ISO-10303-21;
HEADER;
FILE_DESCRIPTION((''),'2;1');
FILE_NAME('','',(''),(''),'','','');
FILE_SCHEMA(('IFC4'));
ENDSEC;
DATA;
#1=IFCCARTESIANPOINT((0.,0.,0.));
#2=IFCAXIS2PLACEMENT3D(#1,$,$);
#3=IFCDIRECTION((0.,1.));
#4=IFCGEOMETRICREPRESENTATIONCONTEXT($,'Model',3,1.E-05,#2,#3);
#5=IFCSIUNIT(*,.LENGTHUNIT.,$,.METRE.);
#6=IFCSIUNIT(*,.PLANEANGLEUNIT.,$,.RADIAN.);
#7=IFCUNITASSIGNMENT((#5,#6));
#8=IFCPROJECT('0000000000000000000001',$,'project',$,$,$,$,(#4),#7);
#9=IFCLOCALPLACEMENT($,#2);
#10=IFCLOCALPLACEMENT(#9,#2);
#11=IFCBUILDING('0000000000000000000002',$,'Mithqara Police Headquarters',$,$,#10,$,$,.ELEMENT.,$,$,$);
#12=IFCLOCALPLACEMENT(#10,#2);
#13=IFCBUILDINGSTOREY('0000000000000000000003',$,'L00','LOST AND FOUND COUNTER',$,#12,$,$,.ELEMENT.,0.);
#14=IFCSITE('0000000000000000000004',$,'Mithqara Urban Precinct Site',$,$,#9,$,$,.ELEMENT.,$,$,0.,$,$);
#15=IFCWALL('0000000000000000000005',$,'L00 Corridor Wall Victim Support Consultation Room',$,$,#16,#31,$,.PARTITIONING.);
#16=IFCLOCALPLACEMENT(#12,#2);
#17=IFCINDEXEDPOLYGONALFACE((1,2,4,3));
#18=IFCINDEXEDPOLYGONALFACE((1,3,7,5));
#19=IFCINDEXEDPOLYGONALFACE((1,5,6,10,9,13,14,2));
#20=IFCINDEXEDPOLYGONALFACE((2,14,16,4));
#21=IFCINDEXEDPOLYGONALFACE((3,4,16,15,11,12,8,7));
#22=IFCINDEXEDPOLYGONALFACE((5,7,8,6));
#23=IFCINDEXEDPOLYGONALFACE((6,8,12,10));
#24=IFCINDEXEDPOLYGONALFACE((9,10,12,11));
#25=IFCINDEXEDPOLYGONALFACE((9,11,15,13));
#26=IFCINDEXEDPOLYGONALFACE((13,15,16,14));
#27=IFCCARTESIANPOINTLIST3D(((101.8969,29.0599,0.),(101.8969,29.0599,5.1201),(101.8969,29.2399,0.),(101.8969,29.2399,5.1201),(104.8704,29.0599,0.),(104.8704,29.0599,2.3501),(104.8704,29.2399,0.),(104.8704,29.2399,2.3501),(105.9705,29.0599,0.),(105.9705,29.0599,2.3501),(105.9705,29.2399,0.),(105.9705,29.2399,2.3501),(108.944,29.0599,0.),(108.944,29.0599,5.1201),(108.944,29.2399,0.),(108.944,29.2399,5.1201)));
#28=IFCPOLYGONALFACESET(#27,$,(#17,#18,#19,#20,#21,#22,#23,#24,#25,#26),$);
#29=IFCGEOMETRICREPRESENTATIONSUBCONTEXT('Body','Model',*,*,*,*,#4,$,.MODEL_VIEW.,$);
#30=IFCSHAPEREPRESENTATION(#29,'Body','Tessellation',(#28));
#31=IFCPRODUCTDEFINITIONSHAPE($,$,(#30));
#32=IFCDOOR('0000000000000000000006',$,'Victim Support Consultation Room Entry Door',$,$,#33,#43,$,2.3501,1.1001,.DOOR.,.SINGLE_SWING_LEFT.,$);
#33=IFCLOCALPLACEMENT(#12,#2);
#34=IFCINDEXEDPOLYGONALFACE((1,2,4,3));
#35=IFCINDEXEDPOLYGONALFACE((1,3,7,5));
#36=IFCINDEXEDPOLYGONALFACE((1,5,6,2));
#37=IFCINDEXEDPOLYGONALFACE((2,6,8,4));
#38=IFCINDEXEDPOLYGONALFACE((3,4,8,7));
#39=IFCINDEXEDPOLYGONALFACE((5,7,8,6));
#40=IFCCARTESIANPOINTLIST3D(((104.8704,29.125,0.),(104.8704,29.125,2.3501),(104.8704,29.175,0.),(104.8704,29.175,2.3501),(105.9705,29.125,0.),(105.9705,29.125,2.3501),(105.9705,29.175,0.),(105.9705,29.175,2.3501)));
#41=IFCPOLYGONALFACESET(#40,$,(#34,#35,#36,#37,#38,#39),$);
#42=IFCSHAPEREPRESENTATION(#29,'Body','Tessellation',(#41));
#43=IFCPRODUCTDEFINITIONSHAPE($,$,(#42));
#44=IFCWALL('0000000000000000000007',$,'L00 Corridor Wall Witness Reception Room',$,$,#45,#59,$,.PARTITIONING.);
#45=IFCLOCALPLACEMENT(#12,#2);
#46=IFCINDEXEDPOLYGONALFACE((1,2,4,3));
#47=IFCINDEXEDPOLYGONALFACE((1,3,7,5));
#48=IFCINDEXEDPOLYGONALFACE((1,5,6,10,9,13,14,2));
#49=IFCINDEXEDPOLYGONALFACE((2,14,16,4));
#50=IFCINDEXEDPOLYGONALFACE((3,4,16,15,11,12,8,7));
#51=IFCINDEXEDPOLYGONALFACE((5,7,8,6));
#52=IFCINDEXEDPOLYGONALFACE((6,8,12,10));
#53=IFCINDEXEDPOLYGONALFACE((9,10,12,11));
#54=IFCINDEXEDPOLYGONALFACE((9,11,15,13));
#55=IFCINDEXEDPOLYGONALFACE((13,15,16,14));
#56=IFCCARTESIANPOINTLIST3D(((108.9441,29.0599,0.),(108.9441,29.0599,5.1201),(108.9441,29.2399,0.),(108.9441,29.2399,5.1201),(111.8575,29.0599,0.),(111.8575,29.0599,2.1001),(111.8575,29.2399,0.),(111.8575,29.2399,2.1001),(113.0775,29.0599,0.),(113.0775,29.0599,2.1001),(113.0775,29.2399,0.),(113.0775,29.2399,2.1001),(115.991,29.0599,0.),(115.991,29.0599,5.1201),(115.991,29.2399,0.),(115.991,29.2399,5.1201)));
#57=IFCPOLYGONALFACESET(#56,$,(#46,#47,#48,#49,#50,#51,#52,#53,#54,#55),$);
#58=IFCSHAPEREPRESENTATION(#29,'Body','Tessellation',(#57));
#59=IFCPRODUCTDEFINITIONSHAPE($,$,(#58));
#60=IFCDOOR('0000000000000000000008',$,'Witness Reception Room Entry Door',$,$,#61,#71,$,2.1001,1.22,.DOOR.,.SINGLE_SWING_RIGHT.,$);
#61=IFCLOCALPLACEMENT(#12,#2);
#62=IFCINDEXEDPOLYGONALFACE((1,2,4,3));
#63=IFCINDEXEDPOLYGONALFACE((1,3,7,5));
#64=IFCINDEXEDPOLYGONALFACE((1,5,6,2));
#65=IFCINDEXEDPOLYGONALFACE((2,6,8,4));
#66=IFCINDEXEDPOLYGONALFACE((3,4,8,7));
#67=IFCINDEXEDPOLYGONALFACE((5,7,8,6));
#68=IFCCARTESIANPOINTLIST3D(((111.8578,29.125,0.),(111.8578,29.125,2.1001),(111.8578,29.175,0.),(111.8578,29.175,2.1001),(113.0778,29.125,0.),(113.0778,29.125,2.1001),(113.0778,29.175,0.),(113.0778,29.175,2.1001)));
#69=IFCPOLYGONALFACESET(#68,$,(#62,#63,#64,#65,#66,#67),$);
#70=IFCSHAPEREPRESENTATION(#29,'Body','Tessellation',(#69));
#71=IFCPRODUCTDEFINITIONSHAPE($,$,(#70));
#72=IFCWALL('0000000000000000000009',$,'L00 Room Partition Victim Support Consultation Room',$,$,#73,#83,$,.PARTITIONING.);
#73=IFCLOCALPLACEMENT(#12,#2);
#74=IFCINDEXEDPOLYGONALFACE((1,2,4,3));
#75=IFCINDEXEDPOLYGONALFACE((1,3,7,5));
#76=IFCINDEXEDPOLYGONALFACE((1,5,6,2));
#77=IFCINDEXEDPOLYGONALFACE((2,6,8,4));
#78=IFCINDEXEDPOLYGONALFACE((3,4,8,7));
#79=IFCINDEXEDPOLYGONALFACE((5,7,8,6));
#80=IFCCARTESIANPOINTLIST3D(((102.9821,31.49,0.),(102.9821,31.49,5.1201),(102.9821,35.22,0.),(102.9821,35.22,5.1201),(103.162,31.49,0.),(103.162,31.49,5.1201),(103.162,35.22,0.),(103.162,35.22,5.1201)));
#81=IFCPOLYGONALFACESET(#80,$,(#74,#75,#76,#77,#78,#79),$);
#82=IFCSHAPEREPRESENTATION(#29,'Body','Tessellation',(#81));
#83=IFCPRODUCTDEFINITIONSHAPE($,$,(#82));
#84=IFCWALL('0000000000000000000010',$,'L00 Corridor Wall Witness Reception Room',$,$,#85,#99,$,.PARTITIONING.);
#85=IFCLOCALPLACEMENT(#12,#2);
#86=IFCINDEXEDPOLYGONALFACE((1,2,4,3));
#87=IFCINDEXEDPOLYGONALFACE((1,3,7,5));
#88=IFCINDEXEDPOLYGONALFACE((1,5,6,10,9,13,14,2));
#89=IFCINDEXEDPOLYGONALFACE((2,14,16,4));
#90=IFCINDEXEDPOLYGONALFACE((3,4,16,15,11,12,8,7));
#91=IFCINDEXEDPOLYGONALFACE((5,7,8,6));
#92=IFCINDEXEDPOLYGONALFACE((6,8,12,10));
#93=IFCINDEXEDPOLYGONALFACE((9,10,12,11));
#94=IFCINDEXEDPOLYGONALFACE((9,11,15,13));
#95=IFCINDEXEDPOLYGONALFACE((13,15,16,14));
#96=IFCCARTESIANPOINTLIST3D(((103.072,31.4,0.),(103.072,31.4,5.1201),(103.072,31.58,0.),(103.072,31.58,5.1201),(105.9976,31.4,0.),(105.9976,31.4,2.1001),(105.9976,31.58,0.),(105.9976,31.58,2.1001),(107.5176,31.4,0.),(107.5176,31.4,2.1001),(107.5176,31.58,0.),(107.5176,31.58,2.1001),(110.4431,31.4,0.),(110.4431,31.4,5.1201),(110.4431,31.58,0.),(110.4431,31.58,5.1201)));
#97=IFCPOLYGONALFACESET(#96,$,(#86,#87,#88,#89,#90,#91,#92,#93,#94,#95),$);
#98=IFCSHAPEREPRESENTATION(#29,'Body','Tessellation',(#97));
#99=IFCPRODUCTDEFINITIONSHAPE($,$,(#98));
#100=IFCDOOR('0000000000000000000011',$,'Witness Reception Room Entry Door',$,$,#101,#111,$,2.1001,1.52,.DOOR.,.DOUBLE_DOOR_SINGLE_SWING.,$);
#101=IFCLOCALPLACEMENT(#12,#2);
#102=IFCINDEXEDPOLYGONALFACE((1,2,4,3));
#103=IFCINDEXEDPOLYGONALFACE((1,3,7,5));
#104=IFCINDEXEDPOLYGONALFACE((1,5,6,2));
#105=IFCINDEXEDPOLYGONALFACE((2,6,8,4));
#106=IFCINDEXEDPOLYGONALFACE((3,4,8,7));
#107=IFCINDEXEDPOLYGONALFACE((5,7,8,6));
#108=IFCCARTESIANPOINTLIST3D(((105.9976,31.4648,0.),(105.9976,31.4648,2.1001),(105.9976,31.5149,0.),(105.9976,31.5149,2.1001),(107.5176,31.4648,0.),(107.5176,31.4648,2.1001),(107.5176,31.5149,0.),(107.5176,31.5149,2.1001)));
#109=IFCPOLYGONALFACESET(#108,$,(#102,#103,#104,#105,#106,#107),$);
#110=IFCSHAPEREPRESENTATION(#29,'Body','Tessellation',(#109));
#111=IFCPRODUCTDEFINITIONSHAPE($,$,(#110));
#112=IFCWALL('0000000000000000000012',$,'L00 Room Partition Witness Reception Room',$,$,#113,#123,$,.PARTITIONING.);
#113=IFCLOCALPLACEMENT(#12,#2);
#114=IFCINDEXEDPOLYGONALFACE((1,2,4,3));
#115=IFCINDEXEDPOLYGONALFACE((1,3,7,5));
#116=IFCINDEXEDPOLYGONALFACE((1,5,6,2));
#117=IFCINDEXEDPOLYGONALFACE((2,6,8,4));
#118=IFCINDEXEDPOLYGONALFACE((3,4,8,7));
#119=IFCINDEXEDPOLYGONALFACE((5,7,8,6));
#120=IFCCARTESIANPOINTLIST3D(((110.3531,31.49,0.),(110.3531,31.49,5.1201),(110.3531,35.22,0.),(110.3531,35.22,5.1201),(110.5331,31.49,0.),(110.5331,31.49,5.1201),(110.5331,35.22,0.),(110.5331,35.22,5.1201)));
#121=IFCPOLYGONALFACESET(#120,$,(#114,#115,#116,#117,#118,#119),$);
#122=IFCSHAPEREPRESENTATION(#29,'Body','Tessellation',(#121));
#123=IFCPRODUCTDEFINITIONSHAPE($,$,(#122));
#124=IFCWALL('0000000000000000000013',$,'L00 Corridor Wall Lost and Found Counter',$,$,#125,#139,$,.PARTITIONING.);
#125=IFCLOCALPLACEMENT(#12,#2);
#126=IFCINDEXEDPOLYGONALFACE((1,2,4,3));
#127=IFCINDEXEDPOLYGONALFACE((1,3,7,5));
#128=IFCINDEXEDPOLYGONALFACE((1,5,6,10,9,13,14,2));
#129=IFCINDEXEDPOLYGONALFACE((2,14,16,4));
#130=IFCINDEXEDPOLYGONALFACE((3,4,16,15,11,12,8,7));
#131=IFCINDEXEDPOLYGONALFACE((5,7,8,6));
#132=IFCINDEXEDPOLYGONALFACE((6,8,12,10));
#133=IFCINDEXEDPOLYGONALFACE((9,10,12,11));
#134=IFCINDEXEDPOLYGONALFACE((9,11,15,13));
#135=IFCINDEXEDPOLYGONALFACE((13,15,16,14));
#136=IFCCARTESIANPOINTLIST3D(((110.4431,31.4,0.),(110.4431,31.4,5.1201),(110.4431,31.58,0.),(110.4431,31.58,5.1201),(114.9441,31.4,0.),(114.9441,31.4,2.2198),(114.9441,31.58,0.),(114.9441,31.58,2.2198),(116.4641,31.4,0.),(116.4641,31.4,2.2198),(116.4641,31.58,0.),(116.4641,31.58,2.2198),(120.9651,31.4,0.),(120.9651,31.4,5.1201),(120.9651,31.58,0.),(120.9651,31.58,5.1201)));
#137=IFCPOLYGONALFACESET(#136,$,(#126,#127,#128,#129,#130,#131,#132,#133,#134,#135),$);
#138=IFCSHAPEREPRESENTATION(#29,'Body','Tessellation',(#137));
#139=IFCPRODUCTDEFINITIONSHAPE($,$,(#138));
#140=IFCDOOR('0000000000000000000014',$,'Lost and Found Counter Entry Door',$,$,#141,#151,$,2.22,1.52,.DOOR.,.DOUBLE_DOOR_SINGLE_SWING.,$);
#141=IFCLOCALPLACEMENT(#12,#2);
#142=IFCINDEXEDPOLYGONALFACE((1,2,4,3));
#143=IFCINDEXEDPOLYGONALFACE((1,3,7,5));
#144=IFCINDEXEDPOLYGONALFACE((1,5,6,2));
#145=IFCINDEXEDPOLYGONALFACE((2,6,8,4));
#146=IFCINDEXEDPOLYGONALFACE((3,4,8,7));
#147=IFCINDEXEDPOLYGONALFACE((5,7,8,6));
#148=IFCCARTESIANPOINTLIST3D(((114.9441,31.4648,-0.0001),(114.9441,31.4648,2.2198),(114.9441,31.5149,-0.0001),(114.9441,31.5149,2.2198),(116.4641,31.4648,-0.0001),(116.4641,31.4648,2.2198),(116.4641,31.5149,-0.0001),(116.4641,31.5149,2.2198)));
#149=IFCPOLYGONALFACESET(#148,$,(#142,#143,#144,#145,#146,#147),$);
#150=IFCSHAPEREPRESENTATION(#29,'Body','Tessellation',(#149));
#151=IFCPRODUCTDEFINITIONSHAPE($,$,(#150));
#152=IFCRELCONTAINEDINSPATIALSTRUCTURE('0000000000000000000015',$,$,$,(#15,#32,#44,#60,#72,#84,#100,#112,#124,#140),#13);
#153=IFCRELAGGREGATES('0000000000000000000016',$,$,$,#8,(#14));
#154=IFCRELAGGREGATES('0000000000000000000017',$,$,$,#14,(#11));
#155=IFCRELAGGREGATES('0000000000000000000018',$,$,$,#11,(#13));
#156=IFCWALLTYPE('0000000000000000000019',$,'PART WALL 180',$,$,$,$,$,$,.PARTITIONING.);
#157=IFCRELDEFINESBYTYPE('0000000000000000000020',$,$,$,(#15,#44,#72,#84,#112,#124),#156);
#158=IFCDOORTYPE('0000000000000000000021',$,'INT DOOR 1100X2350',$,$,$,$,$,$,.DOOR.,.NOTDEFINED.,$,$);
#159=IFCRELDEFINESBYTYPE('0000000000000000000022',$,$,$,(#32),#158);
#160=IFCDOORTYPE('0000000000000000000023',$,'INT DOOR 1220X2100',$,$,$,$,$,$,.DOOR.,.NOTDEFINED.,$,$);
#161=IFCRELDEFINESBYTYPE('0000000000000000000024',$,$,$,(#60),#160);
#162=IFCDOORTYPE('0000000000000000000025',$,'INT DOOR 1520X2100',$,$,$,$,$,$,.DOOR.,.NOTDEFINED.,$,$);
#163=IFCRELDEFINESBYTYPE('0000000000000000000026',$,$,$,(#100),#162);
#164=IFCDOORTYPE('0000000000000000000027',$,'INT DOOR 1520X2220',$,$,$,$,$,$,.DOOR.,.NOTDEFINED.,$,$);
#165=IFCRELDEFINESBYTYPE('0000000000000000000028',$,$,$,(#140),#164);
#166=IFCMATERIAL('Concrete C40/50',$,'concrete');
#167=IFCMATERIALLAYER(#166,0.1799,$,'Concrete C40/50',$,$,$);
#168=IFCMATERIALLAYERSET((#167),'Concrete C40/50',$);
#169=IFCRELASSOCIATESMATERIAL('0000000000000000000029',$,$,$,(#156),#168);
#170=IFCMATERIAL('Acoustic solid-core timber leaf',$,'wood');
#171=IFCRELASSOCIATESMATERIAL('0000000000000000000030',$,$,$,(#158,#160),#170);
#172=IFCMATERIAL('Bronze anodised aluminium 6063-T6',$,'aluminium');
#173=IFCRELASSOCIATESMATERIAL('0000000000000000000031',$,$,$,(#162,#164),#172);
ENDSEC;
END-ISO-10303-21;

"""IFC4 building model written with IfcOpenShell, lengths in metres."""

from ifc_helpers import new_model, si_unit, direction, frame, frame_2d, origin, place, context, subcontext, project, spatial, rectangle, extrude, material, layer, layer_set, type_object, element, fill, save


model = new_model("IFC4")

# Units and contexts
model_context = context("Model", 3, precision=1e-05, world=origin(), true_north=direction((0.0, 1.0)))
body_context = subcontext(model_context, "Body", "Model", "MODEL_VIEW")
ifc_project = project(units=[si_unit("LENGTHUNIT", "METRE"), si_unit("PLANEANGLEUNIT", "RADIAN")], contexts=[model_context])

# Site, building, storey
site_placement = place(None, origin())
site = spatial("IfcSite", under=ifc_project, at=site_placement, Name="Mithqara Urban Precinct Site", CompositionType="ELEMENT", RefElevation=0.0)
building_placement = place(site_placement, origin())
building = spatial("IfcBuilding", under=site, at=building_placement, Name="Mithqara Police Headquarters", CompositionType="ELEMENT")
storey_placement = place(building_placement, origin())
storey = spatial("IfcBuildingStorey", under=building, at=storey_placement, Name="L00", Description="LOST AND FOUND COUNTER", CompositionType="ELEMENT", Elevation=0.0)

# Shared definitions
ifc_material_1 = material(Name="Concrete C40/50", Category="concrete")

# Walls, openings, doors
ifc_layer = layer(ifc_material_1, 0.1799, Name="Concrete C40/50")
ifc_layer_set = layer_set([ifc_layer], Name="Concrete C40/50")
wall_type = type_object("IfcWallType", Name="PART WALL 180", PredefinedType="PARTITIONING", material=ifc_layer_set)
wall_1_placement = place(storey_placement, frame((101.897, 29.1499, 0.0), z_axis=(0.0, 0.0, 1.0), x_axis=(1.0, 0.0, 0.0)))
wall_1 = element("IfcWall", 1, at=wall_1_placement, inside=storey, type_object=wall_type, Name="L00 Corridor Wall Victim Support Consultation Room", PredefinedType="PARTITIONING", context=body_context, shape_type="SweptSolid", body=[
    extrude(rectangle(XDim=7.0471, YDim=0.1799, at=frame_2d((3.5234, 0.0))), origin(), (0.0, 0.0, 1.0), 5.1201),
])
opening_1_placement = place(wall_1_placement, frame((2.9734, 0.0, 0.0)))
opening_1 = element("IfcOpeningElement", 2, at=opening_1_placement, cuts=wall_1, PredefinedType="OPENING", context=body_context, shape_type="SweptSolid", body=[
    extrude(rectangle(XDim=1.1001, YDim=2.3501, at=frame_2d((0.55, 1.175))), frame((0.0, 0.1001, 0.0), z_axis=(0.0, -1.0, 0.0), x_axis=(1.0, 0.0, 0.0)), (0.0, 0.0, 1.0), 0.2),
])
ifc_material_2 = material(Name="Acoustic solid-core timber leaf", Category="wood")
door_type_1 = type_object("IfcDoorType", Name="INT DOOR 1100X2350", OperationType="NOTDEFINED", PredefinedType="DOOR", material=ifc_material_2)
door_1_placement = place(opening_1_placement, frame((1.1001, 0.0, 0.0), z_axis=(0.0, 0.0, 1.0), x_axis=(-1.0, 0.0, 0.0)))
door_1 = element("IfcDoor", 3, at=door_1_placement, inside=storey, type_object=door_type_1, Name="Victim Support Consultation Room Entry Door", OperationType="SINGLE_SWING_LEFT", OverallHeight=2.3501, OverallWidth=1.1001, PredefinedType="DOOR", context=body_context, shape_type="SweptSolid", body=[
    extrude(rectangle(XDim=1.1001, YDim=2.3501, at=frame_2d((0.55, 1.175))), frame((0.0, 0.0249, 0.0), z_axis=(0.0, -1.0, 0.0), x_axis=(1.0, 0.0, 0.0)), (0.0, 0.0, 1.0), 0.05),
])
fill(opening_1, door_1)
wall_2_placement = place(storey_placement, frame((108.9441, 29.1499, 0.0), z_axis=(0.0, 0.0, 1.0), x_axis=(1.0, 0.0, 0.0)))
wall_2 = element("IfcWall", 4, at=wall_2_placement, inside=storey, type_object=wall_type, Name="L00 Corridor Wall Witness Reception Room", PredefinedType="PARTITIONING", context=body_context, shape_type="SweptSolid", body=[
    extrude(rectangle(XDim=7.0469, YDim=0.1799, at=frame_2d((3.5234, 0.0))), origin(), (0.0, 0.0, 1.0), 5.1201),
])
opening_2_placement = place(wall_2_placement, frame((2.9136, 0.0, 0.0)))
opening_2 = element("IfcOpeningElement", 5, at=opening_2_placement, cuts=wall_2, PredefinedType="OPENING", context=body_context, shape_type="SweptSolid", body=[
    extrude(rectangle(XDim=1.22, YDim=2.1001, at=frame_2d((0.6099, 1.05))), frame((0.0, 0.1001, 0.0), z_axis=(0.0, -1.0, 0.0), x_axis=(1.0, 0.0, 0.0)), (0.0, 0.0, 1.0), 0.2),
])
door_type_2 = type_object("IfcDoorType", Name="INT DOOR 1220X2100", OperationType="NOTDEFINED", PredefinedType="DOOR", material=ifc_material_2)
door_2_placement = place(opening_2_placement, frame((1.22, 0.0, 0.0), z_axis=(0.0, 0.0, 1.0), x_axis=(-1.0, 0.0, 0.0)))
door_2 = element("IfcDoor", 6, at=door_2_placement, inside=storey, type_object=door_type_2, Name="Witness Reception Room Entry Door", OperationType="SINGLE_SWING_RIGHT", OverallHeight=2.1001, OverallWidth=1.22, PredefinedType="DOOR", context=body_context, shape_type="SweptSolid", body=[
    extrude(rectangle(XDim=1.22, YDim=2.1001, at=frame_2d((0.6099, 1.05))), frame((0.0, 0.0249, 0.0), z_axis=(0.0, -1.0, 0.0), x_axis=(1.0, 0.0, 0.0)), (0.0, 0.0, 1.0), 0.05),
])
fill(opening_2, door_2)

# Wall
wall_3_placement = place(storey_placement, frame((103.072, 31.49, 0.0), z_axis=(0.0, 0.0, 1.0), x_axis=(0.0, 1.0, 0.0)))
element("IfcWall", 7, at=wall_3_placement, inside=storey, type_object=wall_type, Name="L00 Room Partition Victim Support Consultation Room", PredefinedType="PARTITIONING", context=body_context, shape_type="SweptSolid", body=[
    extrude(rectangle(XDim=3.73, YDim=0.1799, at=frame_2d((1.865, 0.0))), origin(), (0.0, 0.0, 1.0), 5.1201),
])

# Wall, opening, door
wall_4_placement = place(storey_placement, frame((103.072, 31.49, 0.0), z_axis=(0.0, 0.0, 1.0), x_axis=(1.0, 0.0, 0.0)))
wall_4 = element("IfcWall", 8, at=wall_4_placement, inside=storey, type_object=wall_type, Name="L00 Corridor Wall Witness Reception Room", PredefinedType="PARTITIONING", context=body_context, shape_type="SweptSolid", body=[
    extrude(rectangle(XDim=7.3711, YDim=0.1799, at=frame_2d((3.6855, 0.0))), origin(), (0.0, 0.0, 1.0), 5.1201),
])
opening_3_placement = place(wall_4_placement, frame((2.9255, 0.0, 0.0)))
opening_3 = element("IfcOpeningElement", 9, at=opening_3_placement, cuts=wall_4, PredefinedType="OPENING", context=body_context, shape_type="SweptSolid", body=[
    extrude(rectangle(XDim=1.52, YDim=2.1001, at=frame_2d((0.76, 1.05))), frame((0.0, 0.1001, 0.0), z_axis=(0.0, -1.0, 0.0), x_axis=(1.0, 0.0, 0.0)), (0.0, 0.0, 1.0), 0.2),
])
ifc_material_3 = material(Name="Bronze anodised aluminium 6063-T6", Category="aluminium")
door_type_3 = type_object("IfcDoorType", Name="INT DOOR 1520X2100", OperationType="NOTDEFINED", PredefinedType="DOOR", material=ifc_material_3)
door_3_placement = place(opening_3_placement, origin())
door_3 = element("IfcDoor", 10, at=door_3_placement, inside=storey, type_object=door_type_3, Name="Witness Reception Room Entry Door", OperationType="DOUBLE_DOOR_SINGLE_SWING", OverallHeight=2.1001, OverallWidth=1.52, PredefinedType="DOOR", context=body_context, shape_type="SweptSolid", body=[
    extrude(rectangle(XDim=1.52, YDim=2.1001, at=frame_2d((0.76, 1.05))), frame((0.0, 0.0249, 0.0), z_axis=(0.0, -1.0, 0.0), x_axis=(1.0, 0.0, 0.0)), (0.0, 0.0, 1.0), 0.05),
])
fill(opening_3, door_3)

# Wall
wall_5_placement = place(storey_placement, frame((110.4431, 31.49, 0.0), z_axis=(0.0, 0.0, 1.0), x_axis=(0.0, 1.0, 0.0)))
element("IfcWall", 11, at=wall_5_placement, inside=storey, type_object=wall_type, Name="L00 Room Partition Witness Reception Room", PredefinedType="PARTITIONING", context=body_context, shape_type="SweptSolid", body=[
    extrude(rectangle(XDim=3.73, YDim=0.1799, at=frame_2d((1.865, 0.0))), origin(), (0.0, 0.0, 1.0), 5.1201),
])

# Wall, opening, door
wall_6_placement = place(storey_placement, frame((110.4431, 31.49, 0.0), z_axis=(0.0, 0.0, 1.0), x_axis=(1.0, 0.0, 0.0)))
wall_6 = element("IfcWall", 12, at=wall_6_placement, inside=storey, type_object=wall_type, Name="L00 Corridor Wall Lost and Found Counter", PredefinedType="PARTITIONING", context=body_context, shape_type="SweptSolid", body=[
    extrude(rectangle(XDim=10.522, YDim=0.1799, at=frame_2d((5.261, 0.0))), origin(), (0.0, 0.0, 1.0), 5.1201),
])
opening_4_placement = place(wall_6_placement, frame((4.501, 0.0, 0.0)))
opening_4 = element("IfcOpeningElement", 13, at=opening_4_placement, cuts=wall_6, PredefinedType="OPENING", context=body_context, shape_type="SweptSolid", body=[
    extrude(rectangle(XDim=1.52, YDim=2.22, at=frame_2d((0.76, 1.1099))), frame((0.0, 0.1001, 0.0), z_axis=(0.0, -1.0, 0.0), x_axis=(1.0, 0.0, 0.0)), (0.0, 0.0, 1.0), 0.2),
])
door_type_4 = type_object("IfcDoorType", Name="INT DOOR 1520X2220", OperationType="NOTDEFINED", PredefinedType="DOOR", material=ifc_material_3)
door_4_placement = place(opening_4_placement, origin())
door_4 = element("IfcDoor", 14, at=door_4_placement, inside=storey, type_object=door_type_4, Name="Lost and Found Counter Entry Door", OperationType="DOUBLE_DOOR_SINGLE_SWING", OverallHeight=2.22, OverallWidth=1.52, PredefinedType="DOOR", context=body_context, shape_type="SweptSolid", body=[
    extrude(rectangle(XDim=1.52, YDim=2.22, at=frame_2d((0.76, 1.1099))), frame((0.0, 0.0249, 0.0), z_axis=(0.0, -1.0, 0.0), x_axis=(1.0, 0.0, 0.0)), (0.0, 0.0, 1.0), 0.05),
])
fill(opening_4, door_4)

save(model, "model.ifc")
